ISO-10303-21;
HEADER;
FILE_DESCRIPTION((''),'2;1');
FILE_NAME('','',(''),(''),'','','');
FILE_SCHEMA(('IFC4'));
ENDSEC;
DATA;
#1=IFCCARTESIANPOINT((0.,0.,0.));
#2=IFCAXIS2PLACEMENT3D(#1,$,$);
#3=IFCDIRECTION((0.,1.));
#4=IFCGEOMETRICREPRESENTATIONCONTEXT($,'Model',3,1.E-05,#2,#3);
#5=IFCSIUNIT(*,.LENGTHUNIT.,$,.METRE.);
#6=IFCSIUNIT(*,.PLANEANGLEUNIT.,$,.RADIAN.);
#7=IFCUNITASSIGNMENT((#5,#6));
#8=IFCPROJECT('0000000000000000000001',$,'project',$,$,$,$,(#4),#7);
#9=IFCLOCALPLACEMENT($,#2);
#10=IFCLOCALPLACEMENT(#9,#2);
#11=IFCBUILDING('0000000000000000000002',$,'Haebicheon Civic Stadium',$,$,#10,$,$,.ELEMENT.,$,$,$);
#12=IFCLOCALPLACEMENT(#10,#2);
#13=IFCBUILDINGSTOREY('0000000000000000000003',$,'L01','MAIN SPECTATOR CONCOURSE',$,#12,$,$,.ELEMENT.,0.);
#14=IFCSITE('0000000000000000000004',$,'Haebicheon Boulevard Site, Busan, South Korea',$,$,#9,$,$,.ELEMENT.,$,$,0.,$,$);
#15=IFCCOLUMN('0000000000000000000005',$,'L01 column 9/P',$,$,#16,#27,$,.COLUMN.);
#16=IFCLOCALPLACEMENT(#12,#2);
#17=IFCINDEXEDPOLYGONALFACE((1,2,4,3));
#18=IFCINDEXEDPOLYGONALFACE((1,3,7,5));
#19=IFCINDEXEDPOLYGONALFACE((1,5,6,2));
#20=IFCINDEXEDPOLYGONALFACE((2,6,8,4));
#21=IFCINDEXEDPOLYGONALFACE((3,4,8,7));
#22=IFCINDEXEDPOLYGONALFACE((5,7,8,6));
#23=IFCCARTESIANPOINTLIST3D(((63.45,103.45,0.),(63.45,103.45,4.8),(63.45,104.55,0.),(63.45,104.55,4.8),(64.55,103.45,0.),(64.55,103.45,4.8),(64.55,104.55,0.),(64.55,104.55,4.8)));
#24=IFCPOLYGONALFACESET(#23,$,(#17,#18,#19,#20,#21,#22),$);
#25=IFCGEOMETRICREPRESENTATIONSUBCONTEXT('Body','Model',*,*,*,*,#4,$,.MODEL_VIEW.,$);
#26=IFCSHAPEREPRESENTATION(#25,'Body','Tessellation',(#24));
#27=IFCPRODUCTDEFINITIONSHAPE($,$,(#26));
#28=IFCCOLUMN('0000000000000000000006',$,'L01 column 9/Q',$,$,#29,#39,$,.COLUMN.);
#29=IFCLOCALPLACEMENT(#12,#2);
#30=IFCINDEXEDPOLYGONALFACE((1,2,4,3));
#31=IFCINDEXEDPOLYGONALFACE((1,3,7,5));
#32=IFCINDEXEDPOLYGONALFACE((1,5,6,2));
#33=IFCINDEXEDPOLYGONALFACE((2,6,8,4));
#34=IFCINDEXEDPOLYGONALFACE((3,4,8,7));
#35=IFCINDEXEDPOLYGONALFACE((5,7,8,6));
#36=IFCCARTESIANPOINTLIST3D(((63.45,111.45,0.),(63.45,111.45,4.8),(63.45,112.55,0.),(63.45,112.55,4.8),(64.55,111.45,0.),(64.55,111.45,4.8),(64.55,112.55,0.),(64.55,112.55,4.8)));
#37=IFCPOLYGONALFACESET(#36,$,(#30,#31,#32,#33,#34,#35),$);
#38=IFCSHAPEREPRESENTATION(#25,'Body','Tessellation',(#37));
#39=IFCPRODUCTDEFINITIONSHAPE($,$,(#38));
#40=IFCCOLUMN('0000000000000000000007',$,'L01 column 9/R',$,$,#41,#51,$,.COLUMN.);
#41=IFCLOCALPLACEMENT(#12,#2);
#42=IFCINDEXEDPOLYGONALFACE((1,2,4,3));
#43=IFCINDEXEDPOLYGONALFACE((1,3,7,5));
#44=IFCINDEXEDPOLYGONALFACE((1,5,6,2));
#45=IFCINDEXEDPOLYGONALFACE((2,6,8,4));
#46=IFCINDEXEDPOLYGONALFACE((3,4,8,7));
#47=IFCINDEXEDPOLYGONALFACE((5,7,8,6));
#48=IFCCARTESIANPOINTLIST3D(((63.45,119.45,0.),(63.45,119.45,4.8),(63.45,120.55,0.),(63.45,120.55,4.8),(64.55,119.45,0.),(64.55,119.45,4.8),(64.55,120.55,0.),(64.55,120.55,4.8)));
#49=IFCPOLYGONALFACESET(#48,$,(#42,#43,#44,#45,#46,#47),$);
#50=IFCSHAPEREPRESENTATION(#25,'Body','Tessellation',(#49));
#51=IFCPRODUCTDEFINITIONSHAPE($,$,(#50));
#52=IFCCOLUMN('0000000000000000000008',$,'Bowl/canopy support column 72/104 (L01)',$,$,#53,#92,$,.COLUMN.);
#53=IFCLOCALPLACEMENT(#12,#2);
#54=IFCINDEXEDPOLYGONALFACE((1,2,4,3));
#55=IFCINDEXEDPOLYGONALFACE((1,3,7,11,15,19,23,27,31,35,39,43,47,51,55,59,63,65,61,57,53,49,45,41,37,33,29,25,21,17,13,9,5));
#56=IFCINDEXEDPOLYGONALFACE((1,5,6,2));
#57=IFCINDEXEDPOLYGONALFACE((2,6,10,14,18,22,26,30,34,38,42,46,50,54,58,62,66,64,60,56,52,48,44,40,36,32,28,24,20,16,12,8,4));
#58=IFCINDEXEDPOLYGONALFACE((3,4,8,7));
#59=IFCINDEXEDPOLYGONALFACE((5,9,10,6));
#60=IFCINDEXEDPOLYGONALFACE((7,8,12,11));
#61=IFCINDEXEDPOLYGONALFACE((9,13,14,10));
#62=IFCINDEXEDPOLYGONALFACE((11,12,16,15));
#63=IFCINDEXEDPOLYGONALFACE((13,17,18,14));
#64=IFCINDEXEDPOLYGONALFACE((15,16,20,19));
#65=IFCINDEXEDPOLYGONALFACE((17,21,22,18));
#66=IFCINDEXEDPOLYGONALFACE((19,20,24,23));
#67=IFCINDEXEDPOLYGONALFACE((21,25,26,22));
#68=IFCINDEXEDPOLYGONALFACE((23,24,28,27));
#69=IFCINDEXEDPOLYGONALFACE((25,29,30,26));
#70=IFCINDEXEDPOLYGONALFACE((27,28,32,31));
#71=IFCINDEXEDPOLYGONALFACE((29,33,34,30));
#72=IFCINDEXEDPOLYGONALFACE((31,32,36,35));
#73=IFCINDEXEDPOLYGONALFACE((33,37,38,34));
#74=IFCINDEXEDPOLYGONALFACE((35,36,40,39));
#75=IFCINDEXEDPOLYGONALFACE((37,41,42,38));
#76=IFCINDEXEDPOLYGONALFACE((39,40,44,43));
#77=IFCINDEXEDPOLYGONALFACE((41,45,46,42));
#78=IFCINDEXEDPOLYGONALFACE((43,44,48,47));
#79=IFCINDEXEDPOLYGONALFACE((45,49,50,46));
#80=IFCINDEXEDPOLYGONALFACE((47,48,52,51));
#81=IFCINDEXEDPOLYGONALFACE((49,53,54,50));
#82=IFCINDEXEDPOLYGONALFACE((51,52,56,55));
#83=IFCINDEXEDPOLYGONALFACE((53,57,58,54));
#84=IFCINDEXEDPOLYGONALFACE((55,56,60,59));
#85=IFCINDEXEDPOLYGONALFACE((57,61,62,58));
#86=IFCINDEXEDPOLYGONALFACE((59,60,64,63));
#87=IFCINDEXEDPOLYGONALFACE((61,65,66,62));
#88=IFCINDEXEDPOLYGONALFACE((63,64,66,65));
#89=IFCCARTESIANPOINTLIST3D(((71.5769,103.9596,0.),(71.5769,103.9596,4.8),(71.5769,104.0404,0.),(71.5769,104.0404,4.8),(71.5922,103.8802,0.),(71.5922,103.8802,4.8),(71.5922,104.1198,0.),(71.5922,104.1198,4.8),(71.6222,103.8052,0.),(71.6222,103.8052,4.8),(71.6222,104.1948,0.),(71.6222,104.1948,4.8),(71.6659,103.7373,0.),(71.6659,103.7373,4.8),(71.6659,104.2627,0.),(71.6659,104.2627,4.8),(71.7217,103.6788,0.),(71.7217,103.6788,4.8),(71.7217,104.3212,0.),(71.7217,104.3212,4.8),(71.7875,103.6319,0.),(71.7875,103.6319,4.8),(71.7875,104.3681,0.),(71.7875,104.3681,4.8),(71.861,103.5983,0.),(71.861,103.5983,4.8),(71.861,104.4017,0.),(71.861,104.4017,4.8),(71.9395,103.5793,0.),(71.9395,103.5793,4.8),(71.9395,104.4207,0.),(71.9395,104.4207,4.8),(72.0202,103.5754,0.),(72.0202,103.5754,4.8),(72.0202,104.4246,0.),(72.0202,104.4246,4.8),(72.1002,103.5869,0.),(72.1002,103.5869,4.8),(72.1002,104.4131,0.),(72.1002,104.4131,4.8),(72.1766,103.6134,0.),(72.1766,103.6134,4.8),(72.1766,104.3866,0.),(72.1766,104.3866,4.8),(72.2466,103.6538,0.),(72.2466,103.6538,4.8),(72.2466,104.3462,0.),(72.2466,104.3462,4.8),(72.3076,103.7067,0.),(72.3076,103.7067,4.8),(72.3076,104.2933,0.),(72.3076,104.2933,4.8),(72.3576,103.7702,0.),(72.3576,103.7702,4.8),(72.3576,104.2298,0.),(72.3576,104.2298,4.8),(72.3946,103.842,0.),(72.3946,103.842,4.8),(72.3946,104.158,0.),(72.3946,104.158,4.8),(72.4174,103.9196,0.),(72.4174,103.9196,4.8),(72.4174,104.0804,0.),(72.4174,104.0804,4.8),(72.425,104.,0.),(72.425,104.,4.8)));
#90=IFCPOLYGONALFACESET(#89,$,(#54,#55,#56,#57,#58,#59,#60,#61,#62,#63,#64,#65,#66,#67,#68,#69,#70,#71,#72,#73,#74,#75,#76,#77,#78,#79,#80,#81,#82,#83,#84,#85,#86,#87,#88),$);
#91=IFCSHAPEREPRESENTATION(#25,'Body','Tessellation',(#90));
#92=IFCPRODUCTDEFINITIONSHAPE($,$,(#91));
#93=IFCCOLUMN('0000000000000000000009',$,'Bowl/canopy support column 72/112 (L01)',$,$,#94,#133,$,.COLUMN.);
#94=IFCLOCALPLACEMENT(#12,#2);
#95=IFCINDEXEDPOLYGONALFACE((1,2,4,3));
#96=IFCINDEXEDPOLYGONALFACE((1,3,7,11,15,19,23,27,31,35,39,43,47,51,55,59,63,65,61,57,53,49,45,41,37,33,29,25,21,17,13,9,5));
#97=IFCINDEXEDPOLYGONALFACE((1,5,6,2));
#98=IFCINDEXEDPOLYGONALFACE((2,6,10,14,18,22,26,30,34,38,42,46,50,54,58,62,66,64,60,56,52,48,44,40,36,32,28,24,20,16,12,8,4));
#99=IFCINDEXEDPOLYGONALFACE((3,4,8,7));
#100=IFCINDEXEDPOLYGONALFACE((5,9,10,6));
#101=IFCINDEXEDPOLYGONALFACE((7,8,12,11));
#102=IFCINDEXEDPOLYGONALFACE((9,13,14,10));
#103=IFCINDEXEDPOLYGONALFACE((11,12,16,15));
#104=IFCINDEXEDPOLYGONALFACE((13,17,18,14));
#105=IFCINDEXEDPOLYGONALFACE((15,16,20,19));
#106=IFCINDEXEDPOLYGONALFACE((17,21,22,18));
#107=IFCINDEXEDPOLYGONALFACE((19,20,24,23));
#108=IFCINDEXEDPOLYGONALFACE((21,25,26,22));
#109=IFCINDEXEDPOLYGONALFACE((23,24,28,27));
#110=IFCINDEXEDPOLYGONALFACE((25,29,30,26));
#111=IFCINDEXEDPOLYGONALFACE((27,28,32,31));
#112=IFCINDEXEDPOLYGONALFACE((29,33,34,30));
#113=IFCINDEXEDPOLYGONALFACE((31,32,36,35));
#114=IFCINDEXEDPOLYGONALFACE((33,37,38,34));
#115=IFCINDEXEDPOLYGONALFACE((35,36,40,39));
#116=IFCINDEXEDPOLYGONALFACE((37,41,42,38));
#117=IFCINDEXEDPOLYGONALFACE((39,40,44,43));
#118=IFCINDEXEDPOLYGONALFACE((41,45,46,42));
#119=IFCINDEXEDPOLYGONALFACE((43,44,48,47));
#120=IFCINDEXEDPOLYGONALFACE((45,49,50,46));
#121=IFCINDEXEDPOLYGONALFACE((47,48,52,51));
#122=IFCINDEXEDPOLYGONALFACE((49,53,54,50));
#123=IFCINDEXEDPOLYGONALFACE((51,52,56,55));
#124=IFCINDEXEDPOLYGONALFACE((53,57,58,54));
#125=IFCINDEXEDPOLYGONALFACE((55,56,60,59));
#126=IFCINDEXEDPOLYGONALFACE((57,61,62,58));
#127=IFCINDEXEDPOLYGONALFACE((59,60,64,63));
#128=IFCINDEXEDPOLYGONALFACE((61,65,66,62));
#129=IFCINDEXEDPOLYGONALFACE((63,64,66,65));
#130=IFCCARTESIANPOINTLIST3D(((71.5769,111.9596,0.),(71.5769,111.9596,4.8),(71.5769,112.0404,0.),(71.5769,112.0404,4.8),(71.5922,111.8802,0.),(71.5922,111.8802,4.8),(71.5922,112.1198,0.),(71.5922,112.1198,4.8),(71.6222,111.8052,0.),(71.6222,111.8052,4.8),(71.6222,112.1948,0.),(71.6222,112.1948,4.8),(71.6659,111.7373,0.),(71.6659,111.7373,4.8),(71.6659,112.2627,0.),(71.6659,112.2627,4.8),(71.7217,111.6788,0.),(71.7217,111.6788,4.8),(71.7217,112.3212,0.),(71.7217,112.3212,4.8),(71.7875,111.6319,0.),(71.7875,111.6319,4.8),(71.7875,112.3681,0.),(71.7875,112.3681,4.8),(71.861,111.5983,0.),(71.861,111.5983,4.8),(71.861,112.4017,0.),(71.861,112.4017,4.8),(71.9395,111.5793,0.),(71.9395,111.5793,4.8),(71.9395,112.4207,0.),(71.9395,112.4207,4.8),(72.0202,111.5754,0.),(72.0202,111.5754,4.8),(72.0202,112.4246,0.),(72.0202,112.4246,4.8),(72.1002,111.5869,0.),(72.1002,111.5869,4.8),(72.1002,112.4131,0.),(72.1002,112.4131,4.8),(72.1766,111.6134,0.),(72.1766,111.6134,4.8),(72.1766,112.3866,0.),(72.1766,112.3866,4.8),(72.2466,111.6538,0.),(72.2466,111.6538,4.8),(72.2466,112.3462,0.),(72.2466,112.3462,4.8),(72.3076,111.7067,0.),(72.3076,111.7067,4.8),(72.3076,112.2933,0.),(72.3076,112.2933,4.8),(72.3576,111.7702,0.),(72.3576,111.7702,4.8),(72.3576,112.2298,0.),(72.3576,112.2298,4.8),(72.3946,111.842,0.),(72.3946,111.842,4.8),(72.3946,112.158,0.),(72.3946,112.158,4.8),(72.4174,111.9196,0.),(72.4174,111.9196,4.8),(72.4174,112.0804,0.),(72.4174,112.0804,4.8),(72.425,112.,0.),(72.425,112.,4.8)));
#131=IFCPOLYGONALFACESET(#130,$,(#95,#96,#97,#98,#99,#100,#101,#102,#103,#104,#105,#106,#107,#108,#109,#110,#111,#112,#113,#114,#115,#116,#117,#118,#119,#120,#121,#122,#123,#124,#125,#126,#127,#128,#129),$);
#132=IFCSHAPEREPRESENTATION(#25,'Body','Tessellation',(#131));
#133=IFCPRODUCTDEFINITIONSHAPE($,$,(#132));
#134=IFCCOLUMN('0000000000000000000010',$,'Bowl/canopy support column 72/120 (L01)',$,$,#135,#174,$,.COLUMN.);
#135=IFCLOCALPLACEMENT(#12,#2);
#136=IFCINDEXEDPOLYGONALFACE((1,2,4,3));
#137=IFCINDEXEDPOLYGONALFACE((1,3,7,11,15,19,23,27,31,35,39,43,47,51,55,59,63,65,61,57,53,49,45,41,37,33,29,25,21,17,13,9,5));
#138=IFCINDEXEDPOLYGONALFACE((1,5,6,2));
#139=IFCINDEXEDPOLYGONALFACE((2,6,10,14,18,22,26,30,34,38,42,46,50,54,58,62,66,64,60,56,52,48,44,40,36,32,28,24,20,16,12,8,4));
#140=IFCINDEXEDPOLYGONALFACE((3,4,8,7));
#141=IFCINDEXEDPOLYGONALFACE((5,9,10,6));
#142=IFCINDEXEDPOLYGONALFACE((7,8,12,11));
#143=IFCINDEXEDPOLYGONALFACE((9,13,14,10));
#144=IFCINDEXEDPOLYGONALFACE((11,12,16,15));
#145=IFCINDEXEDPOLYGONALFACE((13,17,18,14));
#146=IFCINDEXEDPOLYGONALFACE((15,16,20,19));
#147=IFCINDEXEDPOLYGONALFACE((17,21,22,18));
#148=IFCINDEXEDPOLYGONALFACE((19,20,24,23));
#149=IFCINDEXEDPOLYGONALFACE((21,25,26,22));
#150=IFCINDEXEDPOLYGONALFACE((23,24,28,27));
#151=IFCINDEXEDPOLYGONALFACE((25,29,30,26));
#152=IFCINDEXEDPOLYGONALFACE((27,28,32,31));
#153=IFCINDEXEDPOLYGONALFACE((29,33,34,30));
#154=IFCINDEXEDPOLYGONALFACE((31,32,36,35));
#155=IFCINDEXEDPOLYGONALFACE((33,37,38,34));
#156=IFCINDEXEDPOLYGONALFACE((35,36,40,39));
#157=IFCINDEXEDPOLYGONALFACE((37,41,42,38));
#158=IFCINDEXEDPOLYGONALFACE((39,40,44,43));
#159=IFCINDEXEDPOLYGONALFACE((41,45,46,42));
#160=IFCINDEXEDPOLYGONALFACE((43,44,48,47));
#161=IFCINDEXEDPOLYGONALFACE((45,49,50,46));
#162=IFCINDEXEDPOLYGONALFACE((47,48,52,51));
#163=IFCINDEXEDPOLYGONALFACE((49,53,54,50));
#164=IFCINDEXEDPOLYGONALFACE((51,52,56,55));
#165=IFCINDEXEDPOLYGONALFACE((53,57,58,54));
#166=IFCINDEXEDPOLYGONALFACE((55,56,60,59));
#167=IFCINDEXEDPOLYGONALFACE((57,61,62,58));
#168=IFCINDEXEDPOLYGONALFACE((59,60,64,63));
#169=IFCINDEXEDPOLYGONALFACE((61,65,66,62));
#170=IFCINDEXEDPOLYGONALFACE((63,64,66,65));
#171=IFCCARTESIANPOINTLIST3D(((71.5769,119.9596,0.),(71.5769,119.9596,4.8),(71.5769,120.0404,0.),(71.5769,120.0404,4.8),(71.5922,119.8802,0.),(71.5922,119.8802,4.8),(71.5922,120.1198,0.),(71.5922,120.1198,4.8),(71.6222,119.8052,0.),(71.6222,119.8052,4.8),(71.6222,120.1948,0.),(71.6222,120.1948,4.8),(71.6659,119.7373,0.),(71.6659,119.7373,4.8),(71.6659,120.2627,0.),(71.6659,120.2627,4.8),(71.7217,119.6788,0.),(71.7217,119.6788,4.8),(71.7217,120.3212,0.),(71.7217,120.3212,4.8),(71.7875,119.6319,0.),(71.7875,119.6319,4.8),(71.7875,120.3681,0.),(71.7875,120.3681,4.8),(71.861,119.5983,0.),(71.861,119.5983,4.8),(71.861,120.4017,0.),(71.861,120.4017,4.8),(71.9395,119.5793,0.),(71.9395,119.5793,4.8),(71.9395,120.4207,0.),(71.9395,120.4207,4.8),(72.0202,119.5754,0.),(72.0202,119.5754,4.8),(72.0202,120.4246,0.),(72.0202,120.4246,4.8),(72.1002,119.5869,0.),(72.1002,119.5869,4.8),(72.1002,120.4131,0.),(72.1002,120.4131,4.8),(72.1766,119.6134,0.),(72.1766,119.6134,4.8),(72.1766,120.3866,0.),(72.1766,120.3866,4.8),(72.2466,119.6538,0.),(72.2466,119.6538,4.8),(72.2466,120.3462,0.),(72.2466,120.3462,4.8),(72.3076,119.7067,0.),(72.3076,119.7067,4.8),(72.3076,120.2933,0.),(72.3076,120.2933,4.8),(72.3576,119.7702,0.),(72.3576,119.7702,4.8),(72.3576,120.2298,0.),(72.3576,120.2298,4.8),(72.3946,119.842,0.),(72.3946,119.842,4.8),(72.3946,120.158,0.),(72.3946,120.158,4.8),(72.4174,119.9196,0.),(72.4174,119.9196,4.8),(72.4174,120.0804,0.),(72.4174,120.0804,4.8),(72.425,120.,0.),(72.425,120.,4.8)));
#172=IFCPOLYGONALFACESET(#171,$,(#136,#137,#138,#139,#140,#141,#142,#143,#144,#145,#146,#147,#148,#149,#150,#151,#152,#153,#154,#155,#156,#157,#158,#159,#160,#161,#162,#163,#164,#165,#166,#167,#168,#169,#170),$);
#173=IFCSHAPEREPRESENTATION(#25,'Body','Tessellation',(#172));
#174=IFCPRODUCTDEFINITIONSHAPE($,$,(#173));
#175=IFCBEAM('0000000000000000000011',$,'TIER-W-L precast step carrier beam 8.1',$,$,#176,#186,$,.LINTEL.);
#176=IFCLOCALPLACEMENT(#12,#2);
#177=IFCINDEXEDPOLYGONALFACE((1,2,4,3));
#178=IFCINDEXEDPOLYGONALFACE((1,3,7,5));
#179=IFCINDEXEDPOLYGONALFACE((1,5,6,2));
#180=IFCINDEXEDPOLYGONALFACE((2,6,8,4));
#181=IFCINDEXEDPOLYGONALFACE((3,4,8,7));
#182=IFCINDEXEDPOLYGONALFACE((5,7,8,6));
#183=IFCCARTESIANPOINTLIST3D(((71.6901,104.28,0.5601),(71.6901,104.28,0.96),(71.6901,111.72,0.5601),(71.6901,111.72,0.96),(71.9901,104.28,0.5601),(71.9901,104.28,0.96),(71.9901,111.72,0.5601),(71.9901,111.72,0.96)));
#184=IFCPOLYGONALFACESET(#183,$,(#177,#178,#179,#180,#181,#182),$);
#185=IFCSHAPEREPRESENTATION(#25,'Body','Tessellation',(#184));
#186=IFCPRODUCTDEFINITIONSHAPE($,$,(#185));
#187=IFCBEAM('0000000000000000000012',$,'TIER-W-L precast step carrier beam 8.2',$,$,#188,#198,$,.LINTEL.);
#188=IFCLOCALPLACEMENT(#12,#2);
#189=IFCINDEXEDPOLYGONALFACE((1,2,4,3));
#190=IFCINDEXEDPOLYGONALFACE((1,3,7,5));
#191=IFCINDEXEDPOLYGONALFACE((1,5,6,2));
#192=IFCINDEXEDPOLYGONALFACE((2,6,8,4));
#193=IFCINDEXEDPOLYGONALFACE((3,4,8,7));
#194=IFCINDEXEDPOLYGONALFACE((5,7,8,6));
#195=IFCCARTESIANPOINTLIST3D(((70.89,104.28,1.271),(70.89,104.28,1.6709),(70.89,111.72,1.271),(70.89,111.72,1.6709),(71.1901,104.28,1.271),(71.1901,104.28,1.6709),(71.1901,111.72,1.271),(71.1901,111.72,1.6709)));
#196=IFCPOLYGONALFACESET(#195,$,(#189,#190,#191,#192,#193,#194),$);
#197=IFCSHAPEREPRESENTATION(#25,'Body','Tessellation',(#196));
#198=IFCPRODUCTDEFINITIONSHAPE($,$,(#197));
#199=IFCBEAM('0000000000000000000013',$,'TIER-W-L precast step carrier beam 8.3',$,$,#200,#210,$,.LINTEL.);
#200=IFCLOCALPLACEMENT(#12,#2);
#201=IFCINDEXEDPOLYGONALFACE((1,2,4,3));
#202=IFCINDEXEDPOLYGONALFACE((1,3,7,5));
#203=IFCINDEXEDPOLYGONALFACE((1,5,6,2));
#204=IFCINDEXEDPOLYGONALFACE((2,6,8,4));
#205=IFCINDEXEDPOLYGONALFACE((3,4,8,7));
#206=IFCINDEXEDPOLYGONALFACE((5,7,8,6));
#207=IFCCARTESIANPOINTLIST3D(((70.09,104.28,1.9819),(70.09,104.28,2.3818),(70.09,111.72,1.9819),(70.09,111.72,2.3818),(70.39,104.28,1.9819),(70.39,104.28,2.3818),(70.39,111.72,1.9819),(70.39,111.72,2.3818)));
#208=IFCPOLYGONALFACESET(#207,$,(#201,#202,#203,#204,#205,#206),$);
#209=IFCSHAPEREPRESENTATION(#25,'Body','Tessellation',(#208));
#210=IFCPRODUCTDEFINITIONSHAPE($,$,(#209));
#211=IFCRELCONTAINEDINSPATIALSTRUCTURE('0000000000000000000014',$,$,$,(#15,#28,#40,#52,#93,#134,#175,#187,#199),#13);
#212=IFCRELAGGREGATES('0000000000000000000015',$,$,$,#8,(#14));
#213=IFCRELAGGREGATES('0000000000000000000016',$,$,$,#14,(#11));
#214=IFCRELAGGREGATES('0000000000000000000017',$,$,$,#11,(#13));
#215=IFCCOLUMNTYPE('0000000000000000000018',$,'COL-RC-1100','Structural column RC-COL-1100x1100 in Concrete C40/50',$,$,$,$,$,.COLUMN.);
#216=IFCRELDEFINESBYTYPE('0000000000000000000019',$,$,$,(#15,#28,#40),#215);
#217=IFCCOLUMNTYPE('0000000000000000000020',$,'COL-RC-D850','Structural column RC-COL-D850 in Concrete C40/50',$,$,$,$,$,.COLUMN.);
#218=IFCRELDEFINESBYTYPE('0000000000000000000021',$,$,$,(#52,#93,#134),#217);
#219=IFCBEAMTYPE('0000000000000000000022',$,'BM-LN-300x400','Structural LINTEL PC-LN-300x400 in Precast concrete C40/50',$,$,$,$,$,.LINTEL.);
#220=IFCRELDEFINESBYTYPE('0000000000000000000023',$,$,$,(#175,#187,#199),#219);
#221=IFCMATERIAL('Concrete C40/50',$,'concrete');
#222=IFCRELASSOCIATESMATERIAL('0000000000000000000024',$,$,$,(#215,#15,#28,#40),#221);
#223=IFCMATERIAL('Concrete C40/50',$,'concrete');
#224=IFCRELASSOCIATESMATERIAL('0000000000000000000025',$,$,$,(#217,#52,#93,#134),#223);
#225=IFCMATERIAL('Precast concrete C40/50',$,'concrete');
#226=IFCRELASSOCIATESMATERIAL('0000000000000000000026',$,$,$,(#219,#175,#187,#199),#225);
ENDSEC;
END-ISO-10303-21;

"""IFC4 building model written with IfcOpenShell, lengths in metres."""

from ifc_helpers import new_model, si_unit, direction, frame, origin, origin_2d, place, context, subcontext, project, spatial, rectangle, circle, extrude, material, material_profile, profile_set, type_object, element, save


model = new_model("IFC4")

# Units and contexts
model_context = context("Model", 3, precision=1e-05, world=origin(), true_north=direction((0.0, 1.0)))
body_context = subcontext(model_context, "Body", "Model", "MODEL_VIEW")
ifc_project = project(units=[si_unit("LENGTHUNIT", "METRE"), si_unit("PLANEANGLEUNIT", "RADIAN")], contexts=[model_context])

# Site, building, storey
site_placement = place(None, origin())
site = spatial("IfcSite", under=ifc_project, at=site_placement, Name="Haebicheon Boulevard Site, Busan, South Korea", CompositionType="ELEMENT", RefElevation=0.0)
building_placement = place(site_placement, origin())
building = spatial("IfcBuilding", under=site, at=building_placement, Name="Haebicheon Civic Stadium", CompositionType="ELEMENT")
storey_placement = place(building_placement, origin())
storey = spatial("IfcBuildingStorey", under=building, at=storey_placement, Name="L01", Description="MAIN SPECTATOR CONCOURSE", CompositionType="ELEMENT", Elevation=0.0)

# Columns
ifc_material_1 = material(Name="Concrete C40/50", Category="concrete")
ifc_material_profile_1 = material_profile(ifc_material_1, rectangle(XDim=1.1001, YDim=1.1001, at=origin_2d()), Name="RC-COL-1100x1100")
ifc_profile_set_1 = profile_set([ifc_material_profile_1], Name="Concrete C40/50")
column_type_1 = type_object("IfcColumnType", Name="COL-RC-1100", Description="Structural column RC-COL-1100x1100 in Concrete C40/50", PredefinedType="COLUMN", material=ifc_profile_set_1)
for number, where, z_axis, x_axis, name in (
    (1, (64.0, 104.0, 0.0), (0.0, 0.0, 1.0), (1.0, 0.0, 0.0), "L01 column 9/P"),
    (2, (64.0, 112.0, 0.0), (0.0, 0.0, 1.0), (1.0, 0.0, 0.0), "L01 column 9/Q"),
    (3, (64.0, 120.0, 0.0), (0.0, 0.0, 1.0), (1.0, 0.0, 0.0), "L01 column 9/R"),
):
    element("IfcColumn", number, at=place(storey_placement, frame(where, z_axis=z_axis, x_axis=x_axis)), inside=storey, type_object=column_type_1, material=ifc_profile_set_1, Name=name, PredefinedType="COLUMN", context=body_context, shape_type="SweptSolid", body=[
        extrude(rectangle(XDim=1.1001, YDim=1.1001, at=origin_2d()), origin(), (0.0, 0.0, 1.0), 4.8),
    ])
ifc_material_2 = material(Name="Concrete C40/50", Category="concrete")
ifc_material_profile_2 = material_profile(ifc_material_2, circle(Radius=0.425, at=origin_2d()), Name="RC-COL-D850")
ifc_profile_set_2 = profile_set([ifc_material_profile_2], Name="Concrete C40/50")
column_type_2 = type_object("IfcColumnType", Name="COL-RC-D850", Description="Structural column RC-COL-D850 in Concrete C40/50", PredefinedType="COLUMN", material=ifc_profile_set_2)
for number, where, z_axis, x_axis, name in (
    (4, (72.0, 104.0, 0.0), (0.0, 0.0, 1.0), (1.0, 0.0, 0.0), "Bowl/canopy support column 72/104 (L01)"),
    (5, (72.0, 112.0, 0.0), (0.0, 0.0, 1.0), (1.0, 0.0, 0.0), "Bowl/canopy support column 72/112 (L01)"),
    (6, (72.0, 120.0, 0.0), (0.0, 0.0, 1.0), (1.0, 0.0, 0.0), "Bowl/canopy support column 72/120 (L01)"),
):
    element("IfcColumn", number, at=place(storey_placement, frame(where, z_axis=z_axis, x_axis=x_axis)), inside=storey, type_object=column_type_2, material=ifc_profile_set_2, Name=name, PredefinedType="COLUMN", context=body_context, shape_type="SweptSolid", body=[
        extrude(circle(Radius=0.425, at=origin_2d()), origin(), (0.0, 0.0, 1.0), 4.8),
    ])

# Beams
ifc_material_3 = material(Name="Precast concrete C40/50", Category="concrete")
ifc_material_profile_3 = material_profile(ifc_material_3, rectangle(XDim=0.3, YDim=0.3999, at=origin_2d()), Name="PC-LN-300x400")
ifc_profile_set_3 = profile_set([ifc_material_profile_3], Name="Precast concrete C40/50")
beam_type_1 = type_object("IfcBeamType", Name="BM-LN-300x400", Description="Structural LINTEL PC-LN-300x400 in Precast concrete C40/50", PredefinedType="LINTEL", material=ifc_profile_set_3)
for number, where, z_axis, x_axis, name in (
    (7, (71.8401, 104.28, 0.76), (0.0, 1.0, 0.0), (-1.0, 0.0, 0.0), "TIER-W-L precast step carrier beam 8.1"),
    (8, (71.04, 104.28, 1.4709), (0.0, 1.0, 0.0), (-1.0, 0.0, 0.0), "TIER-W-L precast step carrier beam 8.2"),
    (9, (70.24, 104.28, 2.1819), (0.0, 1.0, 0.0), (-1.0, 0.0, 0.0), "TIER-W-L precast step carrier beam 8.3"),
):
    element("IfcBeam", number, at=place(storey_placement, frame(where, z_axis=z_axis, x_axis=x_axis)), inside=storey, type_object=beam_type_1, material=ifc_profile_set_3, Name=name, PredefinedType="LINTEL", context=body_context, shape_type="SweptSolid", body=[
        extrude(rectangle(XDim=0.3, YDim=0.3999, at=origin_2d()), origin(), (0.0, 0.0, 1.0), 7.4399),
    ])

save(model, "model.ifc")
